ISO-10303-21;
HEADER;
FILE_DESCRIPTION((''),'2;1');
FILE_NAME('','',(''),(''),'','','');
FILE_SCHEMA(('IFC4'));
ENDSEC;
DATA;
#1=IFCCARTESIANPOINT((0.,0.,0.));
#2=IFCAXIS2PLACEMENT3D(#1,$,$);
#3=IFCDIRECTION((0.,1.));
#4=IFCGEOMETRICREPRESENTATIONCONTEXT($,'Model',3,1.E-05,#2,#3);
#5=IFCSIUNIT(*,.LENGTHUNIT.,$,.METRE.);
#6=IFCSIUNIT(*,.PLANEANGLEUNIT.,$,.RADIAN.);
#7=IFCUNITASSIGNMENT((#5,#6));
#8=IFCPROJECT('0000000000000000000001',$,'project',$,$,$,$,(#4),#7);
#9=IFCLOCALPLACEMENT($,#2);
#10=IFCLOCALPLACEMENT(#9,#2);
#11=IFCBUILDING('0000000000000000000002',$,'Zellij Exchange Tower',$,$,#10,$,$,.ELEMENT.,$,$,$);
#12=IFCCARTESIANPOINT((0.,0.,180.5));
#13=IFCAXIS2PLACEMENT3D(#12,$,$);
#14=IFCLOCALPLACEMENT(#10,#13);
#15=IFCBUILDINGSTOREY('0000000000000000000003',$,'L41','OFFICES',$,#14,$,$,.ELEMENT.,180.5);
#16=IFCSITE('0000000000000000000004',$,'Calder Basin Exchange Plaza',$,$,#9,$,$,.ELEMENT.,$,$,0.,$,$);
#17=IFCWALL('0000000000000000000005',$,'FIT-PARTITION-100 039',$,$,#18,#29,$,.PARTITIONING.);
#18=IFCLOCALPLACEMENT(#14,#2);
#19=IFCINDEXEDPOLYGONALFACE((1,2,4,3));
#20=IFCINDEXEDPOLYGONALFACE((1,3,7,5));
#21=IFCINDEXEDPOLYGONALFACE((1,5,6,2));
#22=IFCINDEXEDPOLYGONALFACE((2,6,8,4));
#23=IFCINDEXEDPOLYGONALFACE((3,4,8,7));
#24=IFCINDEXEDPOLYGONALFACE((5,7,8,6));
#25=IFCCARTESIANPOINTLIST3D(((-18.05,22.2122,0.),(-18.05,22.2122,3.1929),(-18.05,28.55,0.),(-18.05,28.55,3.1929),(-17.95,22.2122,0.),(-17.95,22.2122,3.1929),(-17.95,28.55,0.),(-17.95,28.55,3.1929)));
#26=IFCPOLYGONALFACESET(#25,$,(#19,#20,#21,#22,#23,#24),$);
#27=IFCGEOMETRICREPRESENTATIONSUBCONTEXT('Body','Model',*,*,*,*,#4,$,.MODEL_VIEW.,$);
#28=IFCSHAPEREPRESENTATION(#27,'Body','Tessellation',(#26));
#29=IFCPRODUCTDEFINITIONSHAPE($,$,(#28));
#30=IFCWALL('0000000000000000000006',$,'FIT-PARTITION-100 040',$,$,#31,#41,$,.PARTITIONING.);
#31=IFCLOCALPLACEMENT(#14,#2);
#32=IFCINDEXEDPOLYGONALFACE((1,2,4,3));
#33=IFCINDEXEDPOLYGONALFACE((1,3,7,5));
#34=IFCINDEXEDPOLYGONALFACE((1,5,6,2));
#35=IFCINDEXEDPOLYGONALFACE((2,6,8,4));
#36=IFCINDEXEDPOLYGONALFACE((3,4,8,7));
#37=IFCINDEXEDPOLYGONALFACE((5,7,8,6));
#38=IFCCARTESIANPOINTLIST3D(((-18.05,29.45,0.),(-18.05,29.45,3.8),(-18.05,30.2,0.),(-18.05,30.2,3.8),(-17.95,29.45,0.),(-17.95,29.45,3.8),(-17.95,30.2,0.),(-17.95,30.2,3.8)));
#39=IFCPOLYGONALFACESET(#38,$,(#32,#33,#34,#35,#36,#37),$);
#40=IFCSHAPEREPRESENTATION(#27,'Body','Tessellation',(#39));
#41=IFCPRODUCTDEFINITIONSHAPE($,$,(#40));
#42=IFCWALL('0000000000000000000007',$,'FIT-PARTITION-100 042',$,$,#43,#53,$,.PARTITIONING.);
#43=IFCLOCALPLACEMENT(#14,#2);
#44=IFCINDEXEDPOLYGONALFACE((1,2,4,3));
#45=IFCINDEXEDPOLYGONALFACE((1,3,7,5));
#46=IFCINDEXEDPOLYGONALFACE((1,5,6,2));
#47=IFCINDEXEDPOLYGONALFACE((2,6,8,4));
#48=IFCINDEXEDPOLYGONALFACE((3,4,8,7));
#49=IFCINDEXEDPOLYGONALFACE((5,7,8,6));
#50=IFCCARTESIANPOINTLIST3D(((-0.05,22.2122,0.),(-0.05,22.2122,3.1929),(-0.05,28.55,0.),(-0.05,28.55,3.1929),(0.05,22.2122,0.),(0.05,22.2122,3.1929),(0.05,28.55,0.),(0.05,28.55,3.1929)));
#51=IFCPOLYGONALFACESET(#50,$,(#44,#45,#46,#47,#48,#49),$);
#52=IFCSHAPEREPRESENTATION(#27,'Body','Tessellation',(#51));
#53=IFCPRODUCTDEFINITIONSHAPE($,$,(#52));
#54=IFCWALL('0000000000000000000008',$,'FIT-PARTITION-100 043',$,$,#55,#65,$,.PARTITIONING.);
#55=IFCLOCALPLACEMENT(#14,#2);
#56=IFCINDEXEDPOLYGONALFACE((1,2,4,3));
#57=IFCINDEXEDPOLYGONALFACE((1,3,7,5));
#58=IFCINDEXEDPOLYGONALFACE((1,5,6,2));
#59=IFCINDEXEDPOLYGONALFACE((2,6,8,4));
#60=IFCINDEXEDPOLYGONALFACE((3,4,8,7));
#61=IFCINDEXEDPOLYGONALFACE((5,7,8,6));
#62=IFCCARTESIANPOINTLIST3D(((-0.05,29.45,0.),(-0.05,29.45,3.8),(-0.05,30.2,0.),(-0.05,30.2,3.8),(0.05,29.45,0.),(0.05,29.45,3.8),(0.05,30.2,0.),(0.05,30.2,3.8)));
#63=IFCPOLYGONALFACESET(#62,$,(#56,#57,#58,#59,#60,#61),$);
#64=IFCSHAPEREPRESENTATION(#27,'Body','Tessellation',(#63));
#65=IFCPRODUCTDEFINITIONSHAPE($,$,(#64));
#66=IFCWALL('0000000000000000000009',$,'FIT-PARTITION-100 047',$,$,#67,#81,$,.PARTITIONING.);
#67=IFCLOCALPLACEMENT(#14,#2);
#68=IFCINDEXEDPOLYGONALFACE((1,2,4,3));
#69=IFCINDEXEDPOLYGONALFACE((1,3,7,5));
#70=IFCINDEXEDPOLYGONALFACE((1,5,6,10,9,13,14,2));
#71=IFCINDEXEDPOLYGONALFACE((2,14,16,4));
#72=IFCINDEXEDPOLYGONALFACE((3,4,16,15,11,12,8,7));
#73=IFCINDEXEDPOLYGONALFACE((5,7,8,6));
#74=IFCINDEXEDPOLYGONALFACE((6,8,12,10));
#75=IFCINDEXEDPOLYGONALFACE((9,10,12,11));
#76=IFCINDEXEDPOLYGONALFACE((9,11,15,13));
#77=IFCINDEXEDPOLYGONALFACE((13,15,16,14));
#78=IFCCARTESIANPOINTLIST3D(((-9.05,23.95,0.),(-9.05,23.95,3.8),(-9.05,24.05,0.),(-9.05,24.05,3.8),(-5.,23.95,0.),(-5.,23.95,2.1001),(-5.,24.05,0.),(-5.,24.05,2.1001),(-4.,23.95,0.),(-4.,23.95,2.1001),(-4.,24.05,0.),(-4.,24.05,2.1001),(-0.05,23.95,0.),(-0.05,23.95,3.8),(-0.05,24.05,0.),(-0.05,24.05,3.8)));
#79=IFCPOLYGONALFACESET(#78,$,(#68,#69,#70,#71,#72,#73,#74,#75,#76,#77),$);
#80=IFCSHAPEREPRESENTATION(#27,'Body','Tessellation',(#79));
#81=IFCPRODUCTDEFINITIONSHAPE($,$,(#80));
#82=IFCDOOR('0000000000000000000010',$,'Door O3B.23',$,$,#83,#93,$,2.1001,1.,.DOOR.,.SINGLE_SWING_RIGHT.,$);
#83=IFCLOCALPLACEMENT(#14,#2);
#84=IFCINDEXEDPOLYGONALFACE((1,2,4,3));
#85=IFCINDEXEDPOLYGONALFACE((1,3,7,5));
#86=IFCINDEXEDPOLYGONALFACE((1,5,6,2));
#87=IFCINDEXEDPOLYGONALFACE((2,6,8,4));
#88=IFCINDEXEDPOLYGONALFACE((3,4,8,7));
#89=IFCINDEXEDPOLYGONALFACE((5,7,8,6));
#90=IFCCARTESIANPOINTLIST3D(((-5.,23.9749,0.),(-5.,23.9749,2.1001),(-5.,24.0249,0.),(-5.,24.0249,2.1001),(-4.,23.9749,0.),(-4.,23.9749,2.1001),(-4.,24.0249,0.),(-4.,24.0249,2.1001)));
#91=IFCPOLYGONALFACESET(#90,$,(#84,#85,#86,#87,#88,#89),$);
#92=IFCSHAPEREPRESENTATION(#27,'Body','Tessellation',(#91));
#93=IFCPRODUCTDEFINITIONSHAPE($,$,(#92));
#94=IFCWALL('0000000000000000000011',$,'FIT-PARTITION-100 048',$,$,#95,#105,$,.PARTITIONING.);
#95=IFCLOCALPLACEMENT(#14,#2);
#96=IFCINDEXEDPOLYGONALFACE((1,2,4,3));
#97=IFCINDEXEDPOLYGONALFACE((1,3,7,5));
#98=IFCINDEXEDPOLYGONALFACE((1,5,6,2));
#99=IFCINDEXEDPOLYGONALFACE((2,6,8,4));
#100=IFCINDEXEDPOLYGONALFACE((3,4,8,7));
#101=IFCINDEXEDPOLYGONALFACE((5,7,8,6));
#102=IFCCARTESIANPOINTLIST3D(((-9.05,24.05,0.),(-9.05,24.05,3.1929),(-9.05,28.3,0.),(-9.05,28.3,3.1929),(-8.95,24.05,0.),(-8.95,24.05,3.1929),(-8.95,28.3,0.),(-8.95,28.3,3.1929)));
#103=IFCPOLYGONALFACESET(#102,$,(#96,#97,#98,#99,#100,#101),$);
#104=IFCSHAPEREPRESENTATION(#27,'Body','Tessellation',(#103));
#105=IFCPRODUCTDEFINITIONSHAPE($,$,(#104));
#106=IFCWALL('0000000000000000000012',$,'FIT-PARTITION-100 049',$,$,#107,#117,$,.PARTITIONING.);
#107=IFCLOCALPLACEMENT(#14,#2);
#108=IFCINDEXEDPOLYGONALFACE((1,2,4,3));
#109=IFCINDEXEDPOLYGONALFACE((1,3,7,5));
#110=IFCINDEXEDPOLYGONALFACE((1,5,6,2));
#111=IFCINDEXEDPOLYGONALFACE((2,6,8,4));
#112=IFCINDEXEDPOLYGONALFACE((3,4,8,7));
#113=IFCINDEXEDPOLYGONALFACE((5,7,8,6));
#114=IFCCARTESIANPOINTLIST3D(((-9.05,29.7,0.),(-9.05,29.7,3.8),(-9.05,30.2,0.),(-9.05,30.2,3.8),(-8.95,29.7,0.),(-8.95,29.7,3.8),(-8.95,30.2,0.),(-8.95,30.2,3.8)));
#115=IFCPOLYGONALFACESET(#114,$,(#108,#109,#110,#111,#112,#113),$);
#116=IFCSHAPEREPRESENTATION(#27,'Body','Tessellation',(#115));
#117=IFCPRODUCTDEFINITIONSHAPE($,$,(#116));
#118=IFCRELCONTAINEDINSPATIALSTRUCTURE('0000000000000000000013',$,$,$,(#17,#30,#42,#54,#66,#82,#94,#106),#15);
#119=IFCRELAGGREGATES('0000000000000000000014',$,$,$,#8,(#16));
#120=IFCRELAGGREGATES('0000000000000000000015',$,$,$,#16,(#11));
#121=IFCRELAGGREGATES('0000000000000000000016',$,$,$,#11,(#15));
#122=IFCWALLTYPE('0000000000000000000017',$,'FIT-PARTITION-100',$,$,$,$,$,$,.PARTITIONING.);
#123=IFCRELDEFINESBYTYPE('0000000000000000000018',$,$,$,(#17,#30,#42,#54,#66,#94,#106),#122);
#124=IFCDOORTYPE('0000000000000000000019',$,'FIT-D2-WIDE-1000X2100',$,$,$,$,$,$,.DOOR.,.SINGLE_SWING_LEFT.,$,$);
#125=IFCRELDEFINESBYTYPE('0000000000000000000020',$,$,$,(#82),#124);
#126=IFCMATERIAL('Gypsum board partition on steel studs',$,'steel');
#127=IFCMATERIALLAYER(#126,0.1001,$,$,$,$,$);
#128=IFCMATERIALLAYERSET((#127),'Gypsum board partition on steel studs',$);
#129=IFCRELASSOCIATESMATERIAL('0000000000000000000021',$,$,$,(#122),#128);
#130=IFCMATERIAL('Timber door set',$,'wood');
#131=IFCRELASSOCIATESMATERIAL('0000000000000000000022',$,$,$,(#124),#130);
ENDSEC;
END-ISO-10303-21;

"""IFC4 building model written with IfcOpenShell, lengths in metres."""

from ifc_helpers import new_model, si_unit, direction, frame, frame_2d, origin, place, context, subcontext, project, spatial, rectangle, extrude, material, layer, layer_set, type_object, element, fill, save


model = new_model("IFC4")

# Units and contexts
model_context = context("Model", 3, precision=1e-05, world=origin(), true_north=direction((0.0, 1.0)))
body_context = subcontext(model_context, "Body", "Model", "MODEL_VIEW")
ifc_project = project(units=[si_unit("LENGTHUNIT", "METRE"), si_unit("PLANEANGLEUNIT", "RADIAN")], contexts=[model_context])

# Site, building, storey
site_placement = place(None, origin())
site = spatial("IfcSite", under=ifc_project, at=site_placement, Name="Calder Basin Exchange Plaza", CompositionType="ELEMENT", RefElevation=0.0)
building_placement = place(site_placement, origin())
building = spatial("IfcBuilding", under=site, at=building_placement, Name="Zellij Exchange Tower", CompositionType="ELEMENT")
storey_placement = place(building_placement, frame((0.0, 0.0, 180.5)))
storey = spatial("IfcBuildingStorey", under=building, at=storey_placement, Name="L41", Description="OFFICES", CompositionType="ELEMENT", Elevation=180.5)

# Walls
ifc_material_1 = material(Name="Gypsum board partition on steel studs", Category="steel")
ifc_layer_1 = layer(ifc_material_1, 0.1001)
ifc_layer_set_1 = layer_set([ifc_layer_1], Name="Gypsum board partition on steel studs")
wall_type = type_object("IfcWallType", Name="FIT-PARTITION-100", PredefinedType="PARTITIONING", material=ifc_layer_set_1)
wall_1_placement = place(storey_placement, frame((-18.0, 22.2122, 0.0), z_axis=(0.0, 0.0, 1.0), x_axis=(0.0, 1.0, 0.0)))
element("IfcWall", 1, at=wall_1_placement, inside=storey, type_object=wall_type, Name="FIT-PARTITION-100 039", PredefinedType="PARTITIONING", context=body_context, shape_type="SweptSolid", body=[
    extrude(rectangle(XDim=6.3379, YDim=0.1001, at=frame_2d((3.1689, 0.0))), origin(), (0.0, 0.0, 1.0), 3.1929),
])
wall_2_placement = place(storey_placement, frame((-18.0, 29.45, 0.0), z_axis=(0.0, 0.0, 1.0), x_axis=(0.0, 1.0, 0.0)))
element("IfcWall", 2, at=wall_2_placement, inside=storey, type_object=wall_type, Name="FIT-PARTITION-100 040", PredefinedType="PARTITIONING", context=body_context, shape_type="SweptSolid", body=[
    extrude(rectangle(XDim=0.75, YDim=0.1001, at=frame_2d((0.375, 0.0))), origin(), (0.0, 0.0, 1.0), 3.8),
])
wall_3_placement = place(storey_placement, frame((0.0, 22.2122, 0.0), z_axis=(0.0, 0.0, 1.0), x_axis=(0.0, 1.0, 0.0)))
element("IfcWall", 3, at=wall_3_placement, inside=storey, type_object=wall_type, Name="FIT-PARTITION-100 042", PredefinedType="PARTITIONING", context=body_context, shape_type="SweptSolid", body=[
    extrude(rectangle(XDim=6.3379, YDim=0.1001, at=frame_2d((3.1689, 0.0))), origin(), (0.0, 0.0, 1.0), 3.1929),
])
wall_4_placement = place(storey_placement, frame((0.0, 29.45, 0.0), z_axis=(0.0, 0.0, 1.0), x_axis=(0.0, 1.0, 0.0)))
element("IfcWall", 4, at=wall_4_placement, inside=storey, type_object=wall_type, Name="FIT-PARTITION-100 043", PredefinedType="PARTITIONING", context=body_context, shape_type="SweptSolid", body=[
    extrude(rectangle(XDim=0.75, YDim=0.1001, at=frame_2d((0.375, 0.0))), origin(), (0.0, 0.0, 1.0), 3.8),
])

# Wall, opening, door
wall_5_placement = place(storey_placement, frame((-9.05, 24.0, 0.0), z_axis=(0.0, 0.0, 1.0), x_axis=(1.0, 0.0, 0.0)))
wall_5 = element("IfcWall", 5, at=wall_5_placement, inside=storey, type_object=wall_type, Name="FIT-PARTITION-100 047", PredefinedType="PARTITIONING", context=body_context, shape_type="SweptSolid", body=[
    extrude(rectangle(XDim=9.0, YDim=0.1001, at=frame_2d((4.5, 0.0))), origin(), (0.0, 0.0, 1.0), 3.8),
])
opening_placement = place(wall_5_placement, frame((4.05, 0.0, 0.0)))
opening = element("IfcOpeningElement", 6, at=opening_placement, cuts=wall_5, PredefinedType="OPENING", context=body_context, shape_type="SweptSolid", body=[
    extrude(rectangle(XDim=1.0, YDim=2.1001, at=frame_2d((0.5, 1.05))), frame((0.0, 0.062, 0.0), z_axis=(0.0, -1.0, 0.0), x_axis=(1.0, 0.0, 0.0)), (0.0, 0.0, 1.0), 0.124),
])
ifc_material_2 = material(Name="Timber door set", Category="wood")
door_type = type_object("IfcDoorType", Name="FIT-D2-WIDE-1000X2100", OperationType="SINGLE_SWING_LEFT", PredefinedType="DOOR", material=ifc_material_2)
door_placement = place(opening_placement, origin())
door = element("IfcDoor", 7, at=door_placement, inside=storey, type_object=door_type, Name="Door O3B.23", OperationType="SINGLE_SWING_RIGHT", OverallHeight=2.1001, OverallWidth=1.0, PredefinedType="DOOR", context=body_context, shape_type="SweptSolid", body=[
    extrude(rectangle(XDim=1.0, YDim=2.1001, at=frame_2d((0.5, 1.05))), frame((0.0, 0.0249, 0.0), z_axis=(0.0, -1.0, 0.0), x_axis=(1.0, 0.0, 0.0)), (0.0, 0.0, 1.0), 0.05),
])
fill(opening, door)

# Walls
wall_6_placement = place(storey_placement, frame((-9.0, 24.05, 0.0), z_axis=(0.0, 0.0, 1.0), x_axis=(0.0, 1.0, 0.0)))
element("IfcWall", 8, at=wall_6_placement, inside=storey, type_object=wall_type, Name="FIT-PARTITION-100 048", PredefinedType="PARTITIONING", context=body_context, shape_type="SweptSolid", body=[
    extrude(rectangle(XDim=4.25, YDim=0.1001, at=frame_2d((2.125, 0.0))), origin(), (0.0, 0.0, 1.0), 3.1929),
])
wall_7_placement = place(storey_placement, frame((-9.0, 29.7, 0.0), z_axis=(0.0, 0.0, 1.0), x_axis=(0.0, 1.0, 0.0)))
element("IfcWall", 9, at=wall_7_placement, inside=storey, type_object=wall_type, Name="FIT-PARTITION-100 049", PredefinedType="PARTITIONING", context=body_context, shape_type="SweptSolid", body=[
    extrude(rectangle(XDim=0.5, YDim=0.1001, at=frame_2d((0.25, 0.0))), origin(), (0.0, 0.0, 1.0), 3.8),
])

save(model, "model.ifc")
